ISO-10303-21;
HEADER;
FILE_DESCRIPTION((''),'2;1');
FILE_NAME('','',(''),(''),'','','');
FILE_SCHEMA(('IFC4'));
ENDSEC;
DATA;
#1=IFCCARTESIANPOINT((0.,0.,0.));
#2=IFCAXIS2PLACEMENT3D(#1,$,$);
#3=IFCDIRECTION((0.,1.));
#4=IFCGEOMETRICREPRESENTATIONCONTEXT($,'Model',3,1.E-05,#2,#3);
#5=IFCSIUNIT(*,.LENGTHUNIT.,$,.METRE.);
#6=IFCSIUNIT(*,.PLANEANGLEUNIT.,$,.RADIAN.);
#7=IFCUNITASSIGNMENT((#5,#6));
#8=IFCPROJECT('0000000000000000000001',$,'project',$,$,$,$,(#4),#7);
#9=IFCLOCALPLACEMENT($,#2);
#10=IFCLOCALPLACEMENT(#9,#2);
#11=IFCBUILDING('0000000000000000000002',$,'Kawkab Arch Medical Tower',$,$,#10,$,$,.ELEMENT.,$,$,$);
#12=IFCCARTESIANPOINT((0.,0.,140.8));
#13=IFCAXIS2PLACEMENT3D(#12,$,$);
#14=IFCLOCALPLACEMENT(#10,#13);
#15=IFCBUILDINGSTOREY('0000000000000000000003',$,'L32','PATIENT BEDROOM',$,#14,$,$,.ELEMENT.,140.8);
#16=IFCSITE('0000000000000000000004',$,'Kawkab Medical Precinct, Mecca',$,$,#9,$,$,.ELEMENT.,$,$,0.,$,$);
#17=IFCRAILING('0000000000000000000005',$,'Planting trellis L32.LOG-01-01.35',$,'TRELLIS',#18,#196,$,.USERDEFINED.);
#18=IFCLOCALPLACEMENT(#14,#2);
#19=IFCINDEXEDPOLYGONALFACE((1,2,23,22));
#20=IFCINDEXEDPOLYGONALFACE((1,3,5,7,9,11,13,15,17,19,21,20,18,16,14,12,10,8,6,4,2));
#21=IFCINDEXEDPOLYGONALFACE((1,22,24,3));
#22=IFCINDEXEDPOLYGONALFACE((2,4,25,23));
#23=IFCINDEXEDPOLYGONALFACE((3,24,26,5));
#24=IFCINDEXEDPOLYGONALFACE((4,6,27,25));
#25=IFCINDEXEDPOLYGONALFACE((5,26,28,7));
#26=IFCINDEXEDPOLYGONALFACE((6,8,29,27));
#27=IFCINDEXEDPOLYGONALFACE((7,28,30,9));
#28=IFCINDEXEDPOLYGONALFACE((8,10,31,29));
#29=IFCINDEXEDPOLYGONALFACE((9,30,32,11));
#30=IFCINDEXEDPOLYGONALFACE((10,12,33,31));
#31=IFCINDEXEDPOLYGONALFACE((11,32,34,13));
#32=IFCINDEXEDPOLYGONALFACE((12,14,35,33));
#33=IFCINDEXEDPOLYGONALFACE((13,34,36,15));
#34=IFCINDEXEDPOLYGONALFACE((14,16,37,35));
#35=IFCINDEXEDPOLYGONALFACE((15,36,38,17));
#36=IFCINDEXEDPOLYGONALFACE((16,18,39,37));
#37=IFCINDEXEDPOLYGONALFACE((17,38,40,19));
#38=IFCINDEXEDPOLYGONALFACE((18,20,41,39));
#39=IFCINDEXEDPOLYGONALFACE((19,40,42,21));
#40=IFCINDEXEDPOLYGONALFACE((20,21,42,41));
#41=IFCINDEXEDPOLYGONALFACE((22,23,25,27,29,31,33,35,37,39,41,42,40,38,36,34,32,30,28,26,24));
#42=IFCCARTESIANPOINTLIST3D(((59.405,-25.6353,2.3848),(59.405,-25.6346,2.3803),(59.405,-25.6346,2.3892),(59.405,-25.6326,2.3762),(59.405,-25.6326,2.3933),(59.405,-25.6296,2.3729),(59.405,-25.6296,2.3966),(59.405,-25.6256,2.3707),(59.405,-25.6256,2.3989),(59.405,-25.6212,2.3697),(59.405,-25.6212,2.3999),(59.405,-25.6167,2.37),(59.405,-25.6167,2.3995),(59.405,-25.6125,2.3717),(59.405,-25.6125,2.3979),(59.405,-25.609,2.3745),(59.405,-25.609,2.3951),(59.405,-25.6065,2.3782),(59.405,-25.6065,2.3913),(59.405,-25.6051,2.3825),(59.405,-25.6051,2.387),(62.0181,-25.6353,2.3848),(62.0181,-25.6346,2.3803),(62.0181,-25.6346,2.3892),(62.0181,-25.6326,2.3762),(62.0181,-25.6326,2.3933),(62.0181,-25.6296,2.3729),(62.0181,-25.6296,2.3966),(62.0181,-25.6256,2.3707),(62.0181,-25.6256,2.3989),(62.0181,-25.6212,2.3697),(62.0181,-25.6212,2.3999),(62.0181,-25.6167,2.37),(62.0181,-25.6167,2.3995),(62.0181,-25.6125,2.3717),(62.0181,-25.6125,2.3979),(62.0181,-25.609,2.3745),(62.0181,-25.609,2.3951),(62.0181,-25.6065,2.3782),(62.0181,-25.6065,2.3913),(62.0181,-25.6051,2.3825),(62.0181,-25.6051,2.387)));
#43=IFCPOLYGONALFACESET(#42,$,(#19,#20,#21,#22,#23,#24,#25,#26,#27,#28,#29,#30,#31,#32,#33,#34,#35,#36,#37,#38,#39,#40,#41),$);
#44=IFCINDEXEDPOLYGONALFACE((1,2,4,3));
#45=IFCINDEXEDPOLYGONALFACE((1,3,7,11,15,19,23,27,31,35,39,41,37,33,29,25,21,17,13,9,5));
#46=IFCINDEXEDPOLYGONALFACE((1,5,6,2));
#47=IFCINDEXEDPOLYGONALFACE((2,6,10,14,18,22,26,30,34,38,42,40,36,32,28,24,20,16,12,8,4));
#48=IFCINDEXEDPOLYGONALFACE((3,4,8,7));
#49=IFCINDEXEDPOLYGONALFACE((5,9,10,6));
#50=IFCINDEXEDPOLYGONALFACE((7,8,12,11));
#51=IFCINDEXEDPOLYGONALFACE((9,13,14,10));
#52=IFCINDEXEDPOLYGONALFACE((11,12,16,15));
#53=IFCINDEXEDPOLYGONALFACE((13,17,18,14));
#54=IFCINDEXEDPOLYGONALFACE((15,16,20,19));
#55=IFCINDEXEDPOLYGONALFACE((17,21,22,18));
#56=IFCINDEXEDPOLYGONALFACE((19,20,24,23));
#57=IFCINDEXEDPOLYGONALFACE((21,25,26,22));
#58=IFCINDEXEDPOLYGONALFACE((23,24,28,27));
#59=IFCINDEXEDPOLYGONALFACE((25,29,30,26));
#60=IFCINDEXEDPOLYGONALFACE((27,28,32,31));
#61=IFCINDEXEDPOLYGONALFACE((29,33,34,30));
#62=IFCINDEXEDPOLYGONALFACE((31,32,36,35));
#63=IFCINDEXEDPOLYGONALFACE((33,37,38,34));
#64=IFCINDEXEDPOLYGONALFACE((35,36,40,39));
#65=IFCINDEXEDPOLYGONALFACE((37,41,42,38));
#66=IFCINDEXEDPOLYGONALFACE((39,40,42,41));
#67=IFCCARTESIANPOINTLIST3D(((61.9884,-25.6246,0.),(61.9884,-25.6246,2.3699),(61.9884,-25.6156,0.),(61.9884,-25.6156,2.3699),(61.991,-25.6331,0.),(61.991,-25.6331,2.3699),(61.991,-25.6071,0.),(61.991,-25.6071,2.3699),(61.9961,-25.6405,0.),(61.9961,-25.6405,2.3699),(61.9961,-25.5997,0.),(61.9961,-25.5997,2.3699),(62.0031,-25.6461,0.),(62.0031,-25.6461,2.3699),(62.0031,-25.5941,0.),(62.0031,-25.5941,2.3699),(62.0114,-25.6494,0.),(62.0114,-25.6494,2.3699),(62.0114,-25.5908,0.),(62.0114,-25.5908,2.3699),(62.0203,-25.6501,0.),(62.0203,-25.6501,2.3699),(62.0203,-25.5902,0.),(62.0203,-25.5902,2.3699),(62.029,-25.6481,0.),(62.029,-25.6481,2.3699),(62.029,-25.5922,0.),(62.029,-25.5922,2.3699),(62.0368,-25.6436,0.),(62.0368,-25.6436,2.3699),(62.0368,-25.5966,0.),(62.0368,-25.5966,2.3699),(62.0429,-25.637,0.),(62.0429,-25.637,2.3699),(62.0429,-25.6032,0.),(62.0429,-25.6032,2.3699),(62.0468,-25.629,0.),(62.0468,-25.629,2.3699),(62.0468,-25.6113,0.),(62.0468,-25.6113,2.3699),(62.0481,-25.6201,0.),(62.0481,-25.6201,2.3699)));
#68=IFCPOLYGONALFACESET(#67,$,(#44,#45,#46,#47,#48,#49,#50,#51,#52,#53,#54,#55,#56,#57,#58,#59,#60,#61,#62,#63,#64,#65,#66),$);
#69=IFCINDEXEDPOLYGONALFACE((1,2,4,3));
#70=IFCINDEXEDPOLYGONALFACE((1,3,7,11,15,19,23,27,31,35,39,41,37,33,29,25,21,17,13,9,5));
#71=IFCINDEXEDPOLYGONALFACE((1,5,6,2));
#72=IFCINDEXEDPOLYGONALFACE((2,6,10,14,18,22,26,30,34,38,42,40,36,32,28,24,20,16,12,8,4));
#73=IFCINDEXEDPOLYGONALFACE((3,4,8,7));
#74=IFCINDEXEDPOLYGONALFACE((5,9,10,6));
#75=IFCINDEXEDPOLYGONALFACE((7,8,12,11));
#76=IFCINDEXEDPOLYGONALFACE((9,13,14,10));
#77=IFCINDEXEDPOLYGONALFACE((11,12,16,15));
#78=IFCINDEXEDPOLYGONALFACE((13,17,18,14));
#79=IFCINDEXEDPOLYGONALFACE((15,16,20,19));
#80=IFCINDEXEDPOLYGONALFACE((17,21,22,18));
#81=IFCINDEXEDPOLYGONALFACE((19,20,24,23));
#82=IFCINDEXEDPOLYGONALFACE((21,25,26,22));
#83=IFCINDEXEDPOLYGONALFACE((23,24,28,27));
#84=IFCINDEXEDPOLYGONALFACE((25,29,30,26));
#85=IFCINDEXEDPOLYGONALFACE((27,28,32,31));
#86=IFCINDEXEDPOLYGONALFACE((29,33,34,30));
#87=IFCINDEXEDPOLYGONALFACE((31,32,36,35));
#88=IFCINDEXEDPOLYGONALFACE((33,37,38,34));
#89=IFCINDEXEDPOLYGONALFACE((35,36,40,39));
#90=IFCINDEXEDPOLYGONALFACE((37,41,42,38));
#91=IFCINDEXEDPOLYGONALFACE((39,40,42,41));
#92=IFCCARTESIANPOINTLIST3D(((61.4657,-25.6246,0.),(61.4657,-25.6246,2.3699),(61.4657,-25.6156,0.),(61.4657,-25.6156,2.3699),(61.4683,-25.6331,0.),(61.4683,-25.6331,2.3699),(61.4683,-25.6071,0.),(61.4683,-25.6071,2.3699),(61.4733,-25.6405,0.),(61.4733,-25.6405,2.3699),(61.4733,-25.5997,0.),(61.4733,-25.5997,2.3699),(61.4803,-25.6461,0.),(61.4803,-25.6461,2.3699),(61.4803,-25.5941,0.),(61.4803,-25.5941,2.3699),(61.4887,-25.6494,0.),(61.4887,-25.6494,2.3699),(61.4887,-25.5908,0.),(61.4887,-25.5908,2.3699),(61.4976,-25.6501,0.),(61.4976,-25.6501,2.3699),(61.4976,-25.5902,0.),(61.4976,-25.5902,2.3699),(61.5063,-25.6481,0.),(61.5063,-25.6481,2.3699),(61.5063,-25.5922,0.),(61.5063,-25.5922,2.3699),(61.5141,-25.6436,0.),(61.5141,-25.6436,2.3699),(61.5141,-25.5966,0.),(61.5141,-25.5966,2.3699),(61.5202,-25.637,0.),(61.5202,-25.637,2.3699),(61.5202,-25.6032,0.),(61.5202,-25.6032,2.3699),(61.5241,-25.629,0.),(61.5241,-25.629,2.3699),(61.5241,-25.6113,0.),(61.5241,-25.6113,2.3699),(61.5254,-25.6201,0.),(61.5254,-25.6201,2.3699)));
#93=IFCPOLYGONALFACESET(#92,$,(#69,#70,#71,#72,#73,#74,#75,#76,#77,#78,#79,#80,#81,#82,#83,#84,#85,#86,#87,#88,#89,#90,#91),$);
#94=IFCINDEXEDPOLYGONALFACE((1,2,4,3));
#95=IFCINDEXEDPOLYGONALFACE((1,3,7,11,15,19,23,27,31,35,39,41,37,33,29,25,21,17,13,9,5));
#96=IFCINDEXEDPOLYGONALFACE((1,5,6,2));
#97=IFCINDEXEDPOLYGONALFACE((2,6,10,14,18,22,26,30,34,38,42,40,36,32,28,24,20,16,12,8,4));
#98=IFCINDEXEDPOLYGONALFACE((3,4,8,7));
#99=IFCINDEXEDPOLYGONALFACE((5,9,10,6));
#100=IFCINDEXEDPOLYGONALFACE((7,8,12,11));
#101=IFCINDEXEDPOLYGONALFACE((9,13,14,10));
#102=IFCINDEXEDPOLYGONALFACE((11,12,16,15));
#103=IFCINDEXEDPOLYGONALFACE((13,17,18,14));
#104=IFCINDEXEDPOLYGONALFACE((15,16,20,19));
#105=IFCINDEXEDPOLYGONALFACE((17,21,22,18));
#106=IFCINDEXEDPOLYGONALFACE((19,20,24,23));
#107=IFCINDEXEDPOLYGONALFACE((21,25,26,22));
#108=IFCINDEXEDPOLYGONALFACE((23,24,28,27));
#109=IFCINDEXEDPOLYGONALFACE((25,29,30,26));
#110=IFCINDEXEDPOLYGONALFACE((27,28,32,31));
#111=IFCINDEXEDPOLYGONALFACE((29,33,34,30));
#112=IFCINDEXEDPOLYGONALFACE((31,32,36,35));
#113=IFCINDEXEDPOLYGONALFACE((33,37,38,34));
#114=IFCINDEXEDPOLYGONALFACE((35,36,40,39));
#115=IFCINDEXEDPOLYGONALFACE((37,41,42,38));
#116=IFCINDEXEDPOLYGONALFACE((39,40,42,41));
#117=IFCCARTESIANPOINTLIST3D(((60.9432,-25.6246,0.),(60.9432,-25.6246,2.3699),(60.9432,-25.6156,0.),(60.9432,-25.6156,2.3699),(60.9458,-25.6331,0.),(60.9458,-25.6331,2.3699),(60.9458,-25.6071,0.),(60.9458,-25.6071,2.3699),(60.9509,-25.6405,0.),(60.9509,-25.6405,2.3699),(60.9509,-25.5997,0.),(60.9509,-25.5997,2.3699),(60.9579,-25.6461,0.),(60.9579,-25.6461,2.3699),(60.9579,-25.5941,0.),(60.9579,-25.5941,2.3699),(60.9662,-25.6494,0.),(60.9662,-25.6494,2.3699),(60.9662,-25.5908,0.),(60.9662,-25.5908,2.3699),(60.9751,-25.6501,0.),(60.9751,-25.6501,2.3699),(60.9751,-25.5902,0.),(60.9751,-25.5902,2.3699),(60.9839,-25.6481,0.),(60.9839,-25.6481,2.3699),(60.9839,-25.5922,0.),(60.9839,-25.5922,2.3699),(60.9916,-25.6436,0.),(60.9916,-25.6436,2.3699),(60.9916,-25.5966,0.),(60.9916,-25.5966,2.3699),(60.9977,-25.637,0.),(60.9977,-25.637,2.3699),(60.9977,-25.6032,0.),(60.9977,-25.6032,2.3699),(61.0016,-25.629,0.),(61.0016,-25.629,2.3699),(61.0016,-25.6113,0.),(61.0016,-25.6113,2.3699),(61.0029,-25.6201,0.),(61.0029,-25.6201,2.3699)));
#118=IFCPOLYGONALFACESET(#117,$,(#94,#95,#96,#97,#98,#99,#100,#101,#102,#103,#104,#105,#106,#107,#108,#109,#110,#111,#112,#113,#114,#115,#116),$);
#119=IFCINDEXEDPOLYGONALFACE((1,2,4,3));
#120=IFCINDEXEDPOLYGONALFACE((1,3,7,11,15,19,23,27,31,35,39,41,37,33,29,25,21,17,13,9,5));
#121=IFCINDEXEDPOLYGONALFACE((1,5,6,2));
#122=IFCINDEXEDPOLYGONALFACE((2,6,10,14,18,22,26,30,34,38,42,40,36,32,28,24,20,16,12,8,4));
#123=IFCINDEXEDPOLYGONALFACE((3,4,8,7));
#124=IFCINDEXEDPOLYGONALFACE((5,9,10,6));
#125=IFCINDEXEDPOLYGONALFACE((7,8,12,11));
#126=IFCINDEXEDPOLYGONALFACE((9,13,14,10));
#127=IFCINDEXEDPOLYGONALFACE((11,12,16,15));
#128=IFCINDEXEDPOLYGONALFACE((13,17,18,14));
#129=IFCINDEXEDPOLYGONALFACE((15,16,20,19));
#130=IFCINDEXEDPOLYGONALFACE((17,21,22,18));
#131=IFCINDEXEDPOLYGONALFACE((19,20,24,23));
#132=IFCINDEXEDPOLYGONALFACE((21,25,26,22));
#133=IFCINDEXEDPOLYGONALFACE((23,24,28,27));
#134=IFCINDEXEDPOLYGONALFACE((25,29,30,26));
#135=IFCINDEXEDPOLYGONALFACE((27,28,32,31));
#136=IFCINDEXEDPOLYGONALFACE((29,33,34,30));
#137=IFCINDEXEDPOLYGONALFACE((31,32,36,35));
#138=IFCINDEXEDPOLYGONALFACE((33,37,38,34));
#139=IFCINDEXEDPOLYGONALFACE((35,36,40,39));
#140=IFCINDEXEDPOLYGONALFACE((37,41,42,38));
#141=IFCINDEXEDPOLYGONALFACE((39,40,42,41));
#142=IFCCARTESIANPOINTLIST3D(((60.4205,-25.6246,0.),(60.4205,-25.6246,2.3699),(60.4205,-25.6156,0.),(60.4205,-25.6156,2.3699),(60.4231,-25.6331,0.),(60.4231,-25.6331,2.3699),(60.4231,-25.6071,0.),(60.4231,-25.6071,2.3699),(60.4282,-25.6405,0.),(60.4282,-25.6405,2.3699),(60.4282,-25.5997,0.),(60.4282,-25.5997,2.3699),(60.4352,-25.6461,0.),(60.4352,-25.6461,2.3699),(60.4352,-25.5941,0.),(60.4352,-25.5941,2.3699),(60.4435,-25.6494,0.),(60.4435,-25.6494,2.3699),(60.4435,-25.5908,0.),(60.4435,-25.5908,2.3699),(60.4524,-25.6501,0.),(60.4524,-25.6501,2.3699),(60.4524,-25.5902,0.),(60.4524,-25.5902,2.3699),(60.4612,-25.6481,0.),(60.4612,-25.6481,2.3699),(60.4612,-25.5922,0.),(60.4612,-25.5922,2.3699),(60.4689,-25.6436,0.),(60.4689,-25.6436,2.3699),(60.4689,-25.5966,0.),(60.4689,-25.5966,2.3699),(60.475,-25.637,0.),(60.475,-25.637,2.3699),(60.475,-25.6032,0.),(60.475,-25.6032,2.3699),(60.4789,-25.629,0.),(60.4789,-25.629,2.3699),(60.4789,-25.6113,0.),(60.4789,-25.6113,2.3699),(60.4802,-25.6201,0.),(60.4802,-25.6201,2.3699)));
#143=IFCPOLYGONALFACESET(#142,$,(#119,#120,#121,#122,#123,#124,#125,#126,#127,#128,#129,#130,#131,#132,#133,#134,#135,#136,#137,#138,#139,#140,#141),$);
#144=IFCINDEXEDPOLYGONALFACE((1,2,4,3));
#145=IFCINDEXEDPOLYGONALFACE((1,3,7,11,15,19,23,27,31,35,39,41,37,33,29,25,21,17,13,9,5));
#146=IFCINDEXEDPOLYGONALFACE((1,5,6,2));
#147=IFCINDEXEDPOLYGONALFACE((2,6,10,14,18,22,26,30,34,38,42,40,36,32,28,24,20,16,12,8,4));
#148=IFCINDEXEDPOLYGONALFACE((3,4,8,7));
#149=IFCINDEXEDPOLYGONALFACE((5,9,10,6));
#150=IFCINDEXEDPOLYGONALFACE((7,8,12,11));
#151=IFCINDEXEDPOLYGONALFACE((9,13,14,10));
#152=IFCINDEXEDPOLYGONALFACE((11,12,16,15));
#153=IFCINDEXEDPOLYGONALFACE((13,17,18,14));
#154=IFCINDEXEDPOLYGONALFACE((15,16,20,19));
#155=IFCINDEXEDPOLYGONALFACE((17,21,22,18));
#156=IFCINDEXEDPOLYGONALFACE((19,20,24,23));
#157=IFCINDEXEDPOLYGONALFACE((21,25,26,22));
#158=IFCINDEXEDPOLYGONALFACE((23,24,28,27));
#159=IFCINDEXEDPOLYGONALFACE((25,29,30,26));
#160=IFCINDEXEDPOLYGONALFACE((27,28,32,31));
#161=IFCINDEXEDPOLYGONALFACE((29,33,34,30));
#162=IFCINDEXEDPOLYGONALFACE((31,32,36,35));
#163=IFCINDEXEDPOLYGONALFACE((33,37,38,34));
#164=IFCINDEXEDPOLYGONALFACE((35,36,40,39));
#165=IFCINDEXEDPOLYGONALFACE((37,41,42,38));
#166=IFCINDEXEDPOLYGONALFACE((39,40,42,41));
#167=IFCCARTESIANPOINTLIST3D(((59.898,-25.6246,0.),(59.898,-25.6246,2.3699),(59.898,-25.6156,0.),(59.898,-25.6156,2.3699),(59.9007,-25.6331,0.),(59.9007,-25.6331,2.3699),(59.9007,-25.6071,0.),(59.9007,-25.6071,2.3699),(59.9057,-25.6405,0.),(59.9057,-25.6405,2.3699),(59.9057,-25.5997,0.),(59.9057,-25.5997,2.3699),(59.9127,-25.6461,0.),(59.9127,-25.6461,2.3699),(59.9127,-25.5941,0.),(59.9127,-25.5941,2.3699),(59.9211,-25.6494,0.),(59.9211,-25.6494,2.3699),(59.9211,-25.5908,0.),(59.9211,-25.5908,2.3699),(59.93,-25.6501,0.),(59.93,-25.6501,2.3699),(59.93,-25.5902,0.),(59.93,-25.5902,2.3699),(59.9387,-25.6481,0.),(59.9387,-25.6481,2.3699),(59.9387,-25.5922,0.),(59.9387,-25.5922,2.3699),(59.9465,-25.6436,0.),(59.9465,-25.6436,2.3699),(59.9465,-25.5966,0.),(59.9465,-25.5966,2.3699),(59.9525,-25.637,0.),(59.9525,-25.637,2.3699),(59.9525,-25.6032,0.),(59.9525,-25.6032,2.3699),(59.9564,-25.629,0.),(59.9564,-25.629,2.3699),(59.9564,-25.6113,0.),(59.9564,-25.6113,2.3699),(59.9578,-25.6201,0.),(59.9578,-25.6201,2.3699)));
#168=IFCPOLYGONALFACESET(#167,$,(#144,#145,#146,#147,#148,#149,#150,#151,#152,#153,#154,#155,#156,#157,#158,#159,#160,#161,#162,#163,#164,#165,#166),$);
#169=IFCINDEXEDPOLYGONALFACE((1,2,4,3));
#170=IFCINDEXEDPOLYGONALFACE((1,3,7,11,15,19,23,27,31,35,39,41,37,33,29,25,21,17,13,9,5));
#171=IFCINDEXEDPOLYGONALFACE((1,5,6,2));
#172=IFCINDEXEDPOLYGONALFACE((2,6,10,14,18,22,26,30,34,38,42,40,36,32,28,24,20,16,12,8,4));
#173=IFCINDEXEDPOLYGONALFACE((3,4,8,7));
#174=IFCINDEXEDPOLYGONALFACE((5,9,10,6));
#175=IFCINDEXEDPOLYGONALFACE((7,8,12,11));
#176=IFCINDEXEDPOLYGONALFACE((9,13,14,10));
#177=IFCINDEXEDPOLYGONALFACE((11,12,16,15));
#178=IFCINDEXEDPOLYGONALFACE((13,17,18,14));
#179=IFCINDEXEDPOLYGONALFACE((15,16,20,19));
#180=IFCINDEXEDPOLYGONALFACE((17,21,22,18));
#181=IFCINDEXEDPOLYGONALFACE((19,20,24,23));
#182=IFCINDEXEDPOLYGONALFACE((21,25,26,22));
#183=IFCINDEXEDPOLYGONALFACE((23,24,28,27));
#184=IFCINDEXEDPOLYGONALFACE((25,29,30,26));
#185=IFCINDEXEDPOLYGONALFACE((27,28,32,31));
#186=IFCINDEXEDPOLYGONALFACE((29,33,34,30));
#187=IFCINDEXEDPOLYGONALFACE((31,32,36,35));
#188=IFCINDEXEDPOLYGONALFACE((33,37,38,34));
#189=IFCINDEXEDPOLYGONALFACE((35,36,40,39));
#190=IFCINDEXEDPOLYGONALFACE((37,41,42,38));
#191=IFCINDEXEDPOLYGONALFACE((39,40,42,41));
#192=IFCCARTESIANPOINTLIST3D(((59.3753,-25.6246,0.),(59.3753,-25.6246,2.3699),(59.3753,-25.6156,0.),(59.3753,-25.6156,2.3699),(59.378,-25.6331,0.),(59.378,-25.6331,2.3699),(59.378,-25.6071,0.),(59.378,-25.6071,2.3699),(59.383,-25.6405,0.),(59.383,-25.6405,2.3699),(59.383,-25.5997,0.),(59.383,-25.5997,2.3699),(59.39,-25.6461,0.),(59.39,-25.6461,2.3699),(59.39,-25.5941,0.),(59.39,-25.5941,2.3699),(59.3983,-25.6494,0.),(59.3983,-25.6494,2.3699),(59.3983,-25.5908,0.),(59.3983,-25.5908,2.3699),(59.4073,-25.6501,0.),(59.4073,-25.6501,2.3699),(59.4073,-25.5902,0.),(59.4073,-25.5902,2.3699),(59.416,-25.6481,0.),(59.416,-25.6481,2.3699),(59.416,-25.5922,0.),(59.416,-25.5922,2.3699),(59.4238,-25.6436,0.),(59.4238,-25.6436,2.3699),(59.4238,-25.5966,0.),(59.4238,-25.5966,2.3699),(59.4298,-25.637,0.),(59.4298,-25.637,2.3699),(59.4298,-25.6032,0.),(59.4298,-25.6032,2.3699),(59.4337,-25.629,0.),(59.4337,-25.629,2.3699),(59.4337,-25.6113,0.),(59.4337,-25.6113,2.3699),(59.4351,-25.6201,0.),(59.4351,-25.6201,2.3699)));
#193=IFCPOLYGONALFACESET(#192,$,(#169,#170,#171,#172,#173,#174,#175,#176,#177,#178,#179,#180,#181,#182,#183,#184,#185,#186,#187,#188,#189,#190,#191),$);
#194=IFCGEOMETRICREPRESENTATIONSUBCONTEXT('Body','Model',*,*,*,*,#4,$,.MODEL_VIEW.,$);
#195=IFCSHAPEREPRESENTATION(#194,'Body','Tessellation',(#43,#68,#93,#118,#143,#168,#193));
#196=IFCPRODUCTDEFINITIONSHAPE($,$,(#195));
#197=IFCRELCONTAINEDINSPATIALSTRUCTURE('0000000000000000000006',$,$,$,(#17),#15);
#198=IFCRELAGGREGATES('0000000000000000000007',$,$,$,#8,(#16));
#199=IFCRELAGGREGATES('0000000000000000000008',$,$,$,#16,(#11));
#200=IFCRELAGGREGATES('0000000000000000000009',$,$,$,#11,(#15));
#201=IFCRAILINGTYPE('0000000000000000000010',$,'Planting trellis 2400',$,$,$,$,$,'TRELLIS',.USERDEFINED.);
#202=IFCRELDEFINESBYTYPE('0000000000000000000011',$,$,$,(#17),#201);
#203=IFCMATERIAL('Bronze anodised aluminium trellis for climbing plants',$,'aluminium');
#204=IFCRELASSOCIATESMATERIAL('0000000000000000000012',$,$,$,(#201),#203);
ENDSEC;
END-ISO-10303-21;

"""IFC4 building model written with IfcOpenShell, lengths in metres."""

from ifc_helpers import new_model, si_unit, direction, frame, origin, origin_2d, place, context, subcontext, project, spatial, circle, extrude, material, type_object, element, save


model = new_model("IFC4")

# Units and contexts
model_context = context("Model", 3, precision=1e-05, world=origin(), true_north=direction((0.0, 1.0)))
body_context = subcontext(model_context, "Body", "Model", "MODEL_VIEW")
ifc_project = project(units=[si_unit("LENGTHUNIT", "METRE"), si_unit("PLANEANGLEUNIT", "RADIAN")], contexts=[model_context])

# Site, building, storey
site_placement = place(None, origin())
site = spatial("IfcSite", under=ifc_project, at=site_placement, Name="Kawkab Medical Precinct, Mecca", CompositionType="ELEMENT", RefElevation=0.0)
building_placement = place(site_placement, origin())
building = spatial("IfcBuilding", under=site, at=building_placement, Name="Kawkab Arch Medical Tower", CompositionType="ELEMENT")
storey_placement = place(building_placement, frame((0.0, 0.0, 140.8)))
storey = spatial("IfcBuildingStorey", under=building, at=storey_placement, Name="L32", Description="PATIENT BEDROOM", CompositionType="ELEMENT", Elevation=140.8)

# Railing
ifc_material_1 = material(Name="Bronze anodised aluminium trellis for climbing plants", Category="aluminium")
railing_type = type_object("IfcRailingType", Name="Planting trellis 2400", ElementType="TRELLIS", PredefinedType="USERDEFINED", material=ifc_material_1)
railing_1_placement = place(storey_placement, frame((62.0181, -25.6201, 0.0)))
element("IfcRailing", 1, at=railing_1_placement, inside=storey, type_object=railing_type, Name="Planting trellis L32.LOG-01-01.35", ObjectType="TRELLIS", PredefinedType="USERDEFINED", context=body_context, shape_type="SweptSolid", body=[
    extrude(circle(Radius=0.0151, at=origin_2d()), frame((0.0, 0.0, 2.3848), z_axis=(-1.0, 0.0, 0.0), x_axis=(0.0, -1.0, 0.0)), (0.0, 0.0, 1.0), 2.613),
    extrude(circle(Radius=0.03, at=origin_2d()), origin(), (0.0, 0.0, 1.0), 2.3699),
    extrude(circle(Radius=0.03, at=origin_2d()), frame((-0.5227, 0.0, 0.0)), (0.0, 0.0, 1.0), 2.3699),
    extrude(circle(Radius=0.03, at=origin_2d()), frame((-1.0452, 0.0, 0.0)), (0.0, 0.0, 1.0), 2.3699),
    extrude(circle(Radius=0.03, at=origin_2d()), frame((-1.5679, 0.0, 0.0)), (0.0, 0.0, 1.0), 2.3699),
    extrude(circle(Radius=0.03, at=origin_2d()), frame((-2.0903, 0.0, 0.0)), (0.0, 0.0, 1.0), 2.3699),
    extrude(circle(Radius=0.03, at=origin_2d()), frame((-2.613, 0.0, 0.0)), (0.0, 0.0, 1.0), 2.3699),
])

save(model, "model.ifc")
